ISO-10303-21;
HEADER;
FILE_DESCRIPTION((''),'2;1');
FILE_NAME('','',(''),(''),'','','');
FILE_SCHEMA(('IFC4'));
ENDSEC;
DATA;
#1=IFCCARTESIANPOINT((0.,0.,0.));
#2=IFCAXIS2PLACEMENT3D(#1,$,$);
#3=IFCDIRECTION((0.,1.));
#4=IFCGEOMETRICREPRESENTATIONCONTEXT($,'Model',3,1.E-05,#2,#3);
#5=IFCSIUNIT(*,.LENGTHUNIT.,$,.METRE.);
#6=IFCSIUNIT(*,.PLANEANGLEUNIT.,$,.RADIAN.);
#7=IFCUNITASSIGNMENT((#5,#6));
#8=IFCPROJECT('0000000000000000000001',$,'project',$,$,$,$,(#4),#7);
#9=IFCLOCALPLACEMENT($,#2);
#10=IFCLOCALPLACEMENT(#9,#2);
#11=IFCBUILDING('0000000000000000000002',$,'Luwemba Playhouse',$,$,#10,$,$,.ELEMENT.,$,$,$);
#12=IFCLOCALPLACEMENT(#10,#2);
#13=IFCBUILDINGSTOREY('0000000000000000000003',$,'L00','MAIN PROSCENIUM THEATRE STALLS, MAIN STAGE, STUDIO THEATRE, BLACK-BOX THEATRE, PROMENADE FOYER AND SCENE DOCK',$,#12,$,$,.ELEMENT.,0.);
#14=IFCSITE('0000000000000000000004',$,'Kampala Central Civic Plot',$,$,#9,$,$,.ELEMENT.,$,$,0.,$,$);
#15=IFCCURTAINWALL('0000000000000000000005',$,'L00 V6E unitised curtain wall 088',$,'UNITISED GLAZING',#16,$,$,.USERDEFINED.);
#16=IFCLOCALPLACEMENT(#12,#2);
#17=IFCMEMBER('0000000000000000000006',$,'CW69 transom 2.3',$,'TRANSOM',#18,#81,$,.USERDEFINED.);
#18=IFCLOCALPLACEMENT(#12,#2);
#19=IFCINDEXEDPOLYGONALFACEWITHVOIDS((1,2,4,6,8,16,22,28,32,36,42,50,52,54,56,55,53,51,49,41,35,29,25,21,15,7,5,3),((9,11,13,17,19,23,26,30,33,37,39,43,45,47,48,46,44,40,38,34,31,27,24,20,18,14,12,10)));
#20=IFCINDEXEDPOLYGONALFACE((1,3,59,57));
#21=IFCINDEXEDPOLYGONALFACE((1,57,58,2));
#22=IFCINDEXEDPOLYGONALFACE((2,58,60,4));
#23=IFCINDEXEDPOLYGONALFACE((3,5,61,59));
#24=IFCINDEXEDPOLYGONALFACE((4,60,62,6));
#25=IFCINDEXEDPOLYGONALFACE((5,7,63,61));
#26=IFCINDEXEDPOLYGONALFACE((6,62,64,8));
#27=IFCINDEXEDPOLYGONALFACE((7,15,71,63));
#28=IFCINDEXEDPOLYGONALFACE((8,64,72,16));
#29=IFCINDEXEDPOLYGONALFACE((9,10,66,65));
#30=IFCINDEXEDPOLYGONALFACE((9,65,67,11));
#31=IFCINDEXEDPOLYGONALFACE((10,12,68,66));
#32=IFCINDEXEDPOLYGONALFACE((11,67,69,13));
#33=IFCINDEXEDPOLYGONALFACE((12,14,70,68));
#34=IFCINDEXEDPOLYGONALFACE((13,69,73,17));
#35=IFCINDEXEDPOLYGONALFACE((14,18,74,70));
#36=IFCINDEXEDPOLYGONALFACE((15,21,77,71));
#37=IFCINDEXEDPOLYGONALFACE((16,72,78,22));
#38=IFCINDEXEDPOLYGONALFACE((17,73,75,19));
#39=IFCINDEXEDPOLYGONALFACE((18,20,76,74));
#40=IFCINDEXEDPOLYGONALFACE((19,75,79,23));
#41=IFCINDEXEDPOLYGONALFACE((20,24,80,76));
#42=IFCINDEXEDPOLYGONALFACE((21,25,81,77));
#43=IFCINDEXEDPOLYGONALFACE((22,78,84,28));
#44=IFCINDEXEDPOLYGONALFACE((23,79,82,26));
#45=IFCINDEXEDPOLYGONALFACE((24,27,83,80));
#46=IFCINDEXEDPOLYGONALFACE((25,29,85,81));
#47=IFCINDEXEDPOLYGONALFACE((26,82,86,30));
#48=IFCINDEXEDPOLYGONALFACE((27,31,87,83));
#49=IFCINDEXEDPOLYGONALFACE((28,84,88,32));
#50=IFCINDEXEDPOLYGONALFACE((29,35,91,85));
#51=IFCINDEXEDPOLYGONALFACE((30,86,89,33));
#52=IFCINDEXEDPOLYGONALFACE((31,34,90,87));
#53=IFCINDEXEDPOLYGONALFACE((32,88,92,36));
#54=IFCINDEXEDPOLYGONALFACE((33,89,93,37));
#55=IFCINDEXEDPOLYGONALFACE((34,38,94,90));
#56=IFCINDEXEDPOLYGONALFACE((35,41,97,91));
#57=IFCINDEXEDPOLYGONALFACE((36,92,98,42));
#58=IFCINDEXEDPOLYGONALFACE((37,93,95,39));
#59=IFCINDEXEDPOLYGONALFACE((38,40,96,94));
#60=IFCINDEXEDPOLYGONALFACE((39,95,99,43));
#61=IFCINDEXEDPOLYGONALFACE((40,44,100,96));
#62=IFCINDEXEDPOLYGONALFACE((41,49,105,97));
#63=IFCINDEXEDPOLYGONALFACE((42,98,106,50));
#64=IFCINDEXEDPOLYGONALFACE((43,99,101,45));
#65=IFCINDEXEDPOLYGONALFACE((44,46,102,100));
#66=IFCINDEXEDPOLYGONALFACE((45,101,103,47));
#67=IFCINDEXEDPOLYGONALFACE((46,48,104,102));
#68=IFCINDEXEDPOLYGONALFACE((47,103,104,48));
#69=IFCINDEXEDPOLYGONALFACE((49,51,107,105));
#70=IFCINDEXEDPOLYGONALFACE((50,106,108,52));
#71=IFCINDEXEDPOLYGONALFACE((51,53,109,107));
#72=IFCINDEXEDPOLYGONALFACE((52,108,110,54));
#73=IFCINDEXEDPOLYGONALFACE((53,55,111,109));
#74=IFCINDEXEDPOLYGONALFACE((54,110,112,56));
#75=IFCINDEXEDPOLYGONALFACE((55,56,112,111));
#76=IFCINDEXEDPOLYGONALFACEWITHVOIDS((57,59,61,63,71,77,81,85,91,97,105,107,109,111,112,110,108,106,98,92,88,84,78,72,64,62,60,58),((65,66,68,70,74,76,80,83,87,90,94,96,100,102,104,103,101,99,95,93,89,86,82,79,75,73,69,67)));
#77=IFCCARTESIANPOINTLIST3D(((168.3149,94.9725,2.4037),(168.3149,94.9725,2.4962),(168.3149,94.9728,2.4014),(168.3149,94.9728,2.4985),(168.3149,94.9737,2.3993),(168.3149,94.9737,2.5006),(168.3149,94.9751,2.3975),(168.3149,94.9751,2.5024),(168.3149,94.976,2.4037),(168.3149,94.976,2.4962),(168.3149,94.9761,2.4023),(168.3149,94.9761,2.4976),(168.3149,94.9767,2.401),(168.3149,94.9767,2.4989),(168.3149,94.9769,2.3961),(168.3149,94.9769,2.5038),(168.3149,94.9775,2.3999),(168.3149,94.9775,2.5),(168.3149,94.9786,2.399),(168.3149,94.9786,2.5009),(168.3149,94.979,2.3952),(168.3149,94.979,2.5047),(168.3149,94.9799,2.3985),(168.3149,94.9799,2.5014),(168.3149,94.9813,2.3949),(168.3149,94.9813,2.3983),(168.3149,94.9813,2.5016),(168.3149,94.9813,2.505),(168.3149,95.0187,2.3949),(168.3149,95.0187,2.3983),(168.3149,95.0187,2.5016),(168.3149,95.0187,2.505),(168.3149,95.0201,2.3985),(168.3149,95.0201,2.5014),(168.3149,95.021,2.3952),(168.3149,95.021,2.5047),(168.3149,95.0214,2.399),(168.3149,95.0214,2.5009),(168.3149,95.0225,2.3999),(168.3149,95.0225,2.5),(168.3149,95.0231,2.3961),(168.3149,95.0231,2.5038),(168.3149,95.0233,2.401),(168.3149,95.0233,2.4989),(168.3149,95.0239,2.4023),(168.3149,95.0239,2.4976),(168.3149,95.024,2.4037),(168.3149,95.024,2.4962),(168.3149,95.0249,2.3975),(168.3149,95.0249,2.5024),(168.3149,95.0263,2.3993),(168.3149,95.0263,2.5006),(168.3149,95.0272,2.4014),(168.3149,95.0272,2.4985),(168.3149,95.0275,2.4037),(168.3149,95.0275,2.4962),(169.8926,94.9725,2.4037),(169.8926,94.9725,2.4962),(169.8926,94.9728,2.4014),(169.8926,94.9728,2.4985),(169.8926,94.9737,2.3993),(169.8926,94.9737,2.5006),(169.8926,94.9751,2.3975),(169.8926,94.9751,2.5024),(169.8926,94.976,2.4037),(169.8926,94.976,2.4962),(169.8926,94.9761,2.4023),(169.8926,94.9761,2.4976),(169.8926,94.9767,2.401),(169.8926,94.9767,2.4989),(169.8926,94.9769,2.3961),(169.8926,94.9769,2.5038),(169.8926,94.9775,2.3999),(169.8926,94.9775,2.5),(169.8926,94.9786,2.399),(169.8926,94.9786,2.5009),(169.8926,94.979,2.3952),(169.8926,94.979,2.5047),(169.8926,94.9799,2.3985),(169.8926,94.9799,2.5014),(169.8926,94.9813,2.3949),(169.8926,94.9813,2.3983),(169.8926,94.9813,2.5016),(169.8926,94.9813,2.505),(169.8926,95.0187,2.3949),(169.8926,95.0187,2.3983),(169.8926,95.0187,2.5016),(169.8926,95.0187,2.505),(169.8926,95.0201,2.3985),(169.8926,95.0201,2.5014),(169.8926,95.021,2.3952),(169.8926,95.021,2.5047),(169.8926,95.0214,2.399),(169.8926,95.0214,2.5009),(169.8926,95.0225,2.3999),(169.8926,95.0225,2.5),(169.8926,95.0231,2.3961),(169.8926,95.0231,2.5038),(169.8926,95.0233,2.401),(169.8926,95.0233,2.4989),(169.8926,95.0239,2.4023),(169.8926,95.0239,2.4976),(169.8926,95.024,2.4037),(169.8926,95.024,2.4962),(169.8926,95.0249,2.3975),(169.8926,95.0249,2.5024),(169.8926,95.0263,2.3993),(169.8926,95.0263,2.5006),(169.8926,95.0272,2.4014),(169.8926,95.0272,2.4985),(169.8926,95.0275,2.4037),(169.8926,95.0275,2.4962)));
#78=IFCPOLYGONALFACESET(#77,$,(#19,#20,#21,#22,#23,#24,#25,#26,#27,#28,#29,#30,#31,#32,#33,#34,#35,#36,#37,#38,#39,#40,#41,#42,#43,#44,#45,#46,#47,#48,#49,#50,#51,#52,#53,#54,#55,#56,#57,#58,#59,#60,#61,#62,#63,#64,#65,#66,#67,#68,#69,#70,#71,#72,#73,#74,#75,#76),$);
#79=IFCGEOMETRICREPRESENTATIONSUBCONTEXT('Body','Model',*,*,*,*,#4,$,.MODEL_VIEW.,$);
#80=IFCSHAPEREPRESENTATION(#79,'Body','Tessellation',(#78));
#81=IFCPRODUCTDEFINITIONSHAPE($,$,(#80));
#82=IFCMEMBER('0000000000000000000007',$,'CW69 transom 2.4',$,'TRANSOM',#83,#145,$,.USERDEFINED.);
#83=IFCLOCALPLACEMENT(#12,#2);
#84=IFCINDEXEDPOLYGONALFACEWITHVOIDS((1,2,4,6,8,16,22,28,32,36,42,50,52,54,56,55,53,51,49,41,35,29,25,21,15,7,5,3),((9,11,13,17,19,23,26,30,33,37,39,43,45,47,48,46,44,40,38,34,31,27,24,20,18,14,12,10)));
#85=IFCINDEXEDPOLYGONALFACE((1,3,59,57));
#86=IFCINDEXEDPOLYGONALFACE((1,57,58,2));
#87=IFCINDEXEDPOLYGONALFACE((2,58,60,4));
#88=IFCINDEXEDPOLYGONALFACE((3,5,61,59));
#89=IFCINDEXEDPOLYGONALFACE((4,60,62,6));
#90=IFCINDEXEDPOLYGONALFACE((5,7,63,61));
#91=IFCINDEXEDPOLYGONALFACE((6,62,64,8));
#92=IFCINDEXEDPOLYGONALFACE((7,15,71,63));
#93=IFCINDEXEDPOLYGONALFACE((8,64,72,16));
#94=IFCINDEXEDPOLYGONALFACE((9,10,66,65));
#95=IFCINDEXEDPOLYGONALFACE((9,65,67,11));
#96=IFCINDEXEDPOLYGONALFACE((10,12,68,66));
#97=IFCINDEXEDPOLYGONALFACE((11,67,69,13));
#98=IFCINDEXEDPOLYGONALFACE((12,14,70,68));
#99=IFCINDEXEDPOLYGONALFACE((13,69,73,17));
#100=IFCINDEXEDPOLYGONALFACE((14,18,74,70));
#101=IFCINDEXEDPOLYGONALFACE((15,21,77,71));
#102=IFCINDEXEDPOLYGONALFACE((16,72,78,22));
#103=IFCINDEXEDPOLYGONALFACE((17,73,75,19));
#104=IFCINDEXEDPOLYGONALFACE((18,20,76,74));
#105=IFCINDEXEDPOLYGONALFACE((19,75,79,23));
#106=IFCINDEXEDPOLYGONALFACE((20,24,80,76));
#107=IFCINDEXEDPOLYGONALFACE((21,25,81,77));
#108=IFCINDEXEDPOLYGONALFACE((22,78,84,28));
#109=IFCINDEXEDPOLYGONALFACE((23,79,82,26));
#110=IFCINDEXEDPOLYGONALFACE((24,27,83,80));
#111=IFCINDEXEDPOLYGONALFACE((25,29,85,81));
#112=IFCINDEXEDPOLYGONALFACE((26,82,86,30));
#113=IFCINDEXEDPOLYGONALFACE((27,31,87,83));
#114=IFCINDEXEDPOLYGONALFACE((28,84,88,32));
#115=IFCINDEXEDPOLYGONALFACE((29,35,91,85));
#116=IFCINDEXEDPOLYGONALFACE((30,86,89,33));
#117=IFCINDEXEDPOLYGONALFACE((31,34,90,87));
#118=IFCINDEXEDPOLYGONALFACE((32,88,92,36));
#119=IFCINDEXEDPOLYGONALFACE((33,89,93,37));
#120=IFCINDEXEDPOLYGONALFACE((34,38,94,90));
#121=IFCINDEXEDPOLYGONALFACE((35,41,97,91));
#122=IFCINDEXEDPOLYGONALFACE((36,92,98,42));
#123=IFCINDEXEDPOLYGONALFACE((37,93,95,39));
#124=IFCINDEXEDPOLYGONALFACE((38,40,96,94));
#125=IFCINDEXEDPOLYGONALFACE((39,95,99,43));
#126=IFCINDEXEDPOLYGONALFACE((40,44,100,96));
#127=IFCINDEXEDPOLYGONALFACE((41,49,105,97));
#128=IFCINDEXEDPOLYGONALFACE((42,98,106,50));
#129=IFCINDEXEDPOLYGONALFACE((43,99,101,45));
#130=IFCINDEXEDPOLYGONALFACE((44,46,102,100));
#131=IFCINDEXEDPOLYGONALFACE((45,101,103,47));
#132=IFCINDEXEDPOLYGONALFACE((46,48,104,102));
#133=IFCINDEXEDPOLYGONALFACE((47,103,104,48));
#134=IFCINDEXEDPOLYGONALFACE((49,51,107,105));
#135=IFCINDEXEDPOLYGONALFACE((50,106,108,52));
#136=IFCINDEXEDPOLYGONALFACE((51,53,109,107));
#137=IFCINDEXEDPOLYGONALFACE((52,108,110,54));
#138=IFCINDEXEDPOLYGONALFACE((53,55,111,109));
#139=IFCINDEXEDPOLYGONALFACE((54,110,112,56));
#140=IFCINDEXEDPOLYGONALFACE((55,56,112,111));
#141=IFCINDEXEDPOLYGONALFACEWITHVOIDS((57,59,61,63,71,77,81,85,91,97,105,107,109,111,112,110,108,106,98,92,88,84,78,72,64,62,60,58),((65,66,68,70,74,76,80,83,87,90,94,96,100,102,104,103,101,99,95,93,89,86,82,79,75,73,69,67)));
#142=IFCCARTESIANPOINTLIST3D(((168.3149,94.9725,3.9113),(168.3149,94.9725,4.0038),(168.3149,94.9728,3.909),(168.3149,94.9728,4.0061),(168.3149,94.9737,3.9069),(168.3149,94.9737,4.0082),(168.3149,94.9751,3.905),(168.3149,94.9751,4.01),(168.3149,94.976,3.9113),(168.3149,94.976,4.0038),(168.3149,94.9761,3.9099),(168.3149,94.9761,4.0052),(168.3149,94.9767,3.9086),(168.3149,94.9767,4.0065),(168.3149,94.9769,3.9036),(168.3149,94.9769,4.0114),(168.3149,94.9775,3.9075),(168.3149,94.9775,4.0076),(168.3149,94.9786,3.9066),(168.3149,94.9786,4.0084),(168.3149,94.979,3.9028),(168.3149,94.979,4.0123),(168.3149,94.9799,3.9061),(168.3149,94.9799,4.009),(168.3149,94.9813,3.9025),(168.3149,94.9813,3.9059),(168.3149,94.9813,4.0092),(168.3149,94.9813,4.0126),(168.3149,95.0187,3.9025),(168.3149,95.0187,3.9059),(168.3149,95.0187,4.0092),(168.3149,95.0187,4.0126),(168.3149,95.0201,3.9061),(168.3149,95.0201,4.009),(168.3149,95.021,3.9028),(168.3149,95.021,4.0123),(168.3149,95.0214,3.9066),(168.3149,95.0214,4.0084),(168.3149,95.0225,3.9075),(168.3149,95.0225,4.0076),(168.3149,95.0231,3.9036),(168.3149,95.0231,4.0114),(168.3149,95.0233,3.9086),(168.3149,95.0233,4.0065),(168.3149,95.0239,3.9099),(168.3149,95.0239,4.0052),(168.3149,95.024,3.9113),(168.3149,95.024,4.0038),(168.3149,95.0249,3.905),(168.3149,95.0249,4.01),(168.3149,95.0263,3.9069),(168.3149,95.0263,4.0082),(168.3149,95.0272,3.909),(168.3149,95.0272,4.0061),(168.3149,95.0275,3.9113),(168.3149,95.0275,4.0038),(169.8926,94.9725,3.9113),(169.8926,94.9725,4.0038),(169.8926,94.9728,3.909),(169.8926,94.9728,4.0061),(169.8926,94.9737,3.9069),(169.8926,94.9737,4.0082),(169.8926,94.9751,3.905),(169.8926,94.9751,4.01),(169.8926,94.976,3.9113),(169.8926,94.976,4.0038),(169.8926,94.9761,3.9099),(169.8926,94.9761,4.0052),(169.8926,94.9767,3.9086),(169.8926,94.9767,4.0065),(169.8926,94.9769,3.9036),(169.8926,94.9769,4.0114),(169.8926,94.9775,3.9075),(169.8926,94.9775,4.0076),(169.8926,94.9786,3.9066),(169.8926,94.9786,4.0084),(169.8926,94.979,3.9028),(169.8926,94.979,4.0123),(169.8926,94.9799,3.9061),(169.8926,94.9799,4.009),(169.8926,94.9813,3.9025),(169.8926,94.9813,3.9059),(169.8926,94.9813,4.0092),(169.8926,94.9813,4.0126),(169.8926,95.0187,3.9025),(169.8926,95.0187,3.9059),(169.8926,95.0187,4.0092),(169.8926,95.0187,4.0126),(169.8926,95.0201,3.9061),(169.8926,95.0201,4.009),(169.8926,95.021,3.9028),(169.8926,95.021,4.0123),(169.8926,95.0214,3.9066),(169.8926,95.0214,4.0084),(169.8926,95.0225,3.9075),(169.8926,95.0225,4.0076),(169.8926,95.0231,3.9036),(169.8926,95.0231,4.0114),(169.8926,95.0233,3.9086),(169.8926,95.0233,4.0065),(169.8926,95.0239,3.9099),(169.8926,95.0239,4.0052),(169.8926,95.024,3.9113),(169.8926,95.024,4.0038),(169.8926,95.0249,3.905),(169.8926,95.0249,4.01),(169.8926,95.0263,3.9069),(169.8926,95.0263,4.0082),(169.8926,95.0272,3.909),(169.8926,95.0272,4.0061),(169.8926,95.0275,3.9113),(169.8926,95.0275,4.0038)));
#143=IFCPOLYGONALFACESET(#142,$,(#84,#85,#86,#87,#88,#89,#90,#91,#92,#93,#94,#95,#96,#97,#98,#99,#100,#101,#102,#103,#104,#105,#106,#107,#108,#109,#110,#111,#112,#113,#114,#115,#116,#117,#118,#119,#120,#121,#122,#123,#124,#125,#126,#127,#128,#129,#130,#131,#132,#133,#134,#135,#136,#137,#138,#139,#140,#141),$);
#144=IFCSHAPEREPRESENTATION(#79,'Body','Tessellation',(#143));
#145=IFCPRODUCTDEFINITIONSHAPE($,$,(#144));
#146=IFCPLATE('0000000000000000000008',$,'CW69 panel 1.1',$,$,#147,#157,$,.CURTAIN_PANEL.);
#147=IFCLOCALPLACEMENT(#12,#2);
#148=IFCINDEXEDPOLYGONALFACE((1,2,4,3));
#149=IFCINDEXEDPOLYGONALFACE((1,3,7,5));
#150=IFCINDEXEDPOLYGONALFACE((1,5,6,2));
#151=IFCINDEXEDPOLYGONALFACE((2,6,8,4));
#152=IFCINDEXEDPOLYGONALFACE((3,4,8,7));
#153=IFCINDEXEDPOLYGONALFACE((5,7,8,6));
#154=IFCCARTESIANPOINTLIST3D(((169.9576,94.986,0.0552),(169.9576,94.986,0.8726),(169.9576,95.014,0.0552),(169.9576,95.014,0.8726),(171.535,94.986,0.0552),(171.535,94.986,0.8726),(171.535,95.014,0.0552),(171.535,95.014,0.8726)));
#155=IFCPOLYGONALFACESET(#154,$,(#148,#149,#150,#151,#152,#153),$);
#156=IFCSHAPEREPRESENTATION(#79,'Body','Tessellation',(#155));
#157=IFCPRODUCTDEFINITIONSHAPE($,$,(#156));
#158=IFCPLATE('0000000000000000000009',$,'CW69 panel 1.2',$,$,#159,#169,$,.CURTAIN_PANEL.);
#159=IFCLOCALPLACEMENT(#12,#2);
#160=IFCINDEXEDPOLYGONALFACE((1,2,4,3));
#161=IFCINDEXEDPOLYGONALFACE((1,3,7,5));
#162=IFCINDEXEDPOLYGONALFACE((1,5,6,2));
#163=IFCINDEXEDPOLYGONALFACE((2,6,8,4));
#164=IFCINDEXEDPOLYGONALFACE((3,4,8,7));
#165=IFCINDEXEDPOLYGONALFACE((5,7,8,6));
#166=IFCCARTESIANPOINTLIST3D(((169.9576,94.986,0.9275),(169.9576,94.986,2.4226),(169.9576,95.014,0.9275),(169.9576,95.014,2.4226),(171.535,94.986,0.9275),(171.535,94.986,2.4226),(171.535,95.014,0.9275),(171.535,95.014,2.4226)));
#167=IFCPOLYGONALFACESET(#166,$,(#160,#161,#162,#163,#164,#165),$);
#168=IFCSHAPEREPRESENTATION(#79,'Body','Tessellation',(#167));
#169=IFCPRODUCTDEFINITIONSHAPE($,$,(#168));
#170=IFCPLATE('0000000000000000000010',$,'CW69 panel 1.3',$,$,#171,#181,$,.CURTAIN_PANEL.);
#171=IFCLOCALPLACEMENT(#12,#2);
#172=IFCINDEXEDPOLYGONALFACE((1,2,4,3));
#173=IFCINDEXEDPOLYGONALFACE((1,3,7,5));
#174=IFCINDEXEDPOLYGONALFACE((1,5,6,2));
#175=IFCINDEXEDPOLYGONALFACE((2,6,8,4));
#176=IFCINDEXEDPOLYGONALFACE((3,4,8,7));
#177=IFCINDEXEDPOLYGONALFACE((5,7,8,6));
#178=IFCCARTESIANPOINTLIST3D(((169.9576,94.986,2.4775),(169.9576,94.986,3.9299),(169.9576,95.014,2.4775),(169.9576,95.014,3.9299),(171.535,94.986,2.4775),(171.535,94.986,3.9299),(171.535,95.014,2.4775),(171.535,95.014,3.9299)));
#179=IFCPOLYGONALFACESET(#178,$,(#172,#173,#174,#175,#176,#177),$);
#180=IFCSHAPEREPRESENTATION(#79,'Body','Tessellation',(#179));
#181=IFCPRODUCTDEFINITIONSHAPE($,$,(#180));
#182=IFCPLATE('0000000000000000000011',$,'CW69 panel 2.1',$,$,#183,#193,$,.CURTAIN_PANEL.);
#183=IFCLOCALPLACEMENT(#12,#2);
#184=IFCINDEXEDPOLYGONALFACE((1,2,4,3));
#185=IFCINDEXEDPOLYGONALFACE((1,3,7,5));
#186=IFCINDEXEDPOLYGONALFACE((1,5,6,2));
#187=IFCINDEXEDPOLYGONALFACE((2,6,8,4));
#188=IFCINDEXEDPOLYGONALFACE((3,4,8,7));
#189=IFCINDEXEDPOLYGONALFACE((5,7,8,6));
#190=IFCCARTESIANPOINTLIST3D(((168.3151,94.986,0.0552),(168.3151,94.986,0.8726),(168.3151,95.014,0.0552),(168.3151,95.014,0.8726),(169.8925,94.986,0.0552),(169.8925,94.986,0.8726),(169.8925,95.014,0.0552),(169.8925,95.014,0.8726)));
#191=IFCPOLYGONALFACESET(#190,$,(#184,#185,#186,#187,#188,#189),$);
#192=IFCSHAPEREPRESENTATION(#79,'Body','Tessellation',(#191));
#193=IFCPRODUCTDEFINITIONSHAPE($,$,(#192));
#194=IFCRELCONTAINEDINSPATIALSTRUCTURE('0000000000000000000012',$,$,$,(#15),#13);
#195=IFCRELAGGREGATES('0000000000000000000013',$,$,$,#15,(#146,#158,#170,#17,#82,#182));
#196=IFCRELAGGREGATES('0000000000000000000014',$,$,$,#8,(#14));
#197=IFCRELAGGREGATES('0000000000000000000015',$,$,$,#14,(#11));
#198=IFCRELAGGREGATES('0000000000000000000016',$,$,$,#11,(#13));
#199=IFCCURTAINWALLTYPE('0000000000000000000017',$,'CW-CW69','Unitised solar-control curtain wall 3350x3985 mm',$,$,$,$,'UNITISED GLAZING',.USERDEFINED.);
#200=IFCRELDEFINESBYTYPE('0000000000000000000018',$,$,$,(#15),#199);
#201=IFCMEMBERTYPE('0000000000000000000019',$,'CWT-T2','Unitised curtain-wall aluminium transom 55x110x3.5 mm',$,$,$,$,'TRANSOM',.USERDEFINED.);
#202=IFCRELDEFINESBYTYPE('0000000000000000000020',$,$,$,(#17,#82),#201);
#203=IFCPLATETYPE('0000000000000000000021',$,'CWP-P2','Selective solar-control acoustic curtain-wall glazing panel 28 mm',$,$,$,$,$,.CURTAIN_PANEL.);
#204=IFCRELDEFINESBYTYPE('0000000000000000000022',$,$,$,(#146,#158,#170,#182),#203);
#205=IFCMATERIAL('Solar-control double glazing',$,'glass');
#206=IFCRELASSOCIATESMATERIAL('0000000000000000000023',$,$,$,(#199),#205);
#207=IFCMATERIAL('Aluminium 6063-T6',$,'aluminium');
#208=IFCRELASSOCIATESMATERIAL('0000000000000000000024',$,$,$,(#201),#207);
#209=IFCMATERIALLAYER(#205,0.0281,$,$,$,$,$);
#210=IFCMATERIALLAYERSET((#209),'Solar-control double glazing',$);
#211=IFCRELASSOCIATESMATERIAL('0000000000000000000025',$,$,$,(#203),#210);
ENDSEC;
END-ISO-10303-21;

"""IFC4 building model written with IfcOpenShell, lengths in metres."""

from ifc_helpers import new_model, si_unit, direction, frame, origin, origin_2d, place, context, subcontext, project, spatial, rectangle, hollow_rectangle, extrude, material, layer, layer_set, material_profile, profile_set, type_object, element, aggregate, save


model = new_model("IFC4")

# Units and contexts
model_context = context("Model", 3, precision=1e-05, world=origin(), true_north=direction((0.0, 1.0)))
body_context = subcontext(model_context, "Body", "Model", "MODEL_VIEW")
ifc_project = project(units=[si_unit("LENGTHUNIT", "METRE"), si_unit("PLANEANGLEUNIT", "RADIAN")], contexts=[model_context])

# Site, building, storey
site_placement = place(None, origin())
site = spatial("IfcSite", under=ifc_project, at=site_placement, Name="Kampala Central Civic Plot", CompositionType="ELEMENT", RefElevation=0.0)
building_placement = place(site_placement, origin())
building = spatial("IfcBuilding", under=site, at=building_placement, Name="Luwemba Playhouse", CompositionType="ELEMENT")
storey_placement = place(building_placement, origin())
storey = spatial("IfcBuildingStorey", under=building, at=storey_placement, Name="L00", Description="MAIN PROSCENIUM THEATRE STALLS, MAIN STAGE, STUDIO THEATRE, BLACK-BOX THEATRE, PROMENADE FOYER AND SCENE DOCK", CompositionType="ELEMENT", Elevation=0.0)

# Curtain wall, members, plates
ifc_material_1 = material(Name="Solar-control double glazing", Category="glass")
curtain_wall_type = type_object("IfcCurtainWallType", Name="CW-CW69", Description="Unitised solar-control curtain wall 3350x3985 mm", ElementType="UNITISED GLAZING", PredefinedType="USERDEFINED", material=ifc_material_1)
curtain_wall_placement = place(storey_placement, origin())
curtain_wall = element("IfcCurtainWall", 1, at=curtain_wall_placement, inside=storey, type_object=curtain_wall_type, Name="L00 V6E unitised curtain wall 088", ObjectType="UNITISED GLAZING", PredefinedType="USERDEFINED")
ifc_material_2 = material(Name="Aluminium 6063-T6", Category="aluminium")
ifc_material_profile_1 = material_profile(ifc_material_2, hollow_rectangle(XDim=0.0549, YDim=0.1101, WallThickness=0.0034, InnerFilletRadius=0.0054, OuterFilletRadius=0.0088, at=origin_2d()))
ifc_profile_set_1 = profile_set([ifc_material_profile_1], Name="Aluminium 6063-T6")
member_type_1 = type_object("IfcMemberType", Name="CWT-T2", Description="Unitised curtain-wall aluminium transom 55x110x3.5 mm", ElementType="TRANSOM", PredefinedType="USERDEFINED", material=ifc_profile_set_1)
member_1_placement = place(storey_placement, frame((169.8926, 95.0, 2.45), z_axis=(-1.0, 0.0, 0.0), x_axis=(0.0, -1.0, 0.0)))
member_1 = element("IfcMember", 2, at=member_1_placement, type_object=member_type_1, Name="CW69 transom 2.3", ObjectType="TRANSOM", PredefinedType="USERDEFINED", context=body_context, shape_type="SweptSolid", body=[
    extrude(hollow_rectangle(XDim=0.0549, YDim=0.1101, WallThickness=0.0034, InnerFilletRadius=0.0054, OuterFilletRadius=0.0088, at=origin_2d()), origin(), (0.0, 0.0, 1.0), 1.5776),
])
member_2_placement = place(storey_placement, frame((169.8926, 95.0, 3.9575), z_axis=(-1.0, 0.0, 0.0), x_axis=(0.0, -1.0, 0.0)))
member_2 = element("IfcMember", 3, at=member_2_placement, type_object=member_type_1, Name="CW69 transom 2.4", ObjectType="TRANSOM", PredefinedType="USERDEFINED", context=body_context, shape_type="SweptSolid", body=[
    extrude(hollow_rectangle(XDim=0.0549, YDim=0.1101, WallThickness=0.0034, InnerFilletRadius=0.0054, OuterFilletRadius=0.0088, at=origin_2d()), origin(), (0.0, 0.0, 1.0), 1.5776),
])
ifc_layer_1 = layer(ifc_material_1, 0.0281)
ifc_layer_set_1 = layer_set([ifc_layer_1], Name="Solar-control double glazing")
plate_type = type_object("IfcPlateType", Name="CWP-P2", Description="Selective solar-control acoustic curtain-wall glazing panel 28 mm", PredefinedType="CURTAIN_PANEL", material=ifc_layer_set_1)
plate_1_placement = place(storey_placement, frame((170.7463, 95.0, 0.0552), z_axis=(0.0, 0.0, 1.0), x_axis=(-1.0, 0.0, 0.0)))
plate_1 = element("IfcPlate", 4, at=plate_1_placement, type_object=plate_type, Name="CW69 panel 1.1", PredefinedType="CURTAIN_PANEL", context=body_context, shape_type="SweptSolid", body=[
    extrude(rectangle(XDim=1.5774, YDim=0.0281, at=origin_2d()), origin(), (0.0, 0.0, 1.0), 0.8174),
])
plate_2_placement = place(storey_placement, frame((170.7463, 95.0, 0.9275), z_axis=(0.0, 0.0, 1.0), x_axis=(-1.0, 0.0, 0.0)))
plate_2 = element("IfcPlate", 5, at=plate_2_placement, type_object=plate_type, Name="CW69 panel 1.2", PredefinedType="CURTAIN_PANEL", context=body_context, shape_type="SweptSolid", body=[
    extrude(rectangle(XDim=1.5774, YDim=0.0281, at=origin_2d()), origin(), (0.0, 0.0, 1.0), 1.4951),
])
plate_3_placement = place(storey_placement, frame((170.7463, 95.0, 2.4775), z_axis=(0.0, 0.0, 1.0), x_axis=(-1.0, 0.0, 0.0)))
plate_3 = element("IfcPlate", 6, at=plate_3_placement, type_object=plate_type, Name="CW69 panel 1.3", PredefinedType="CURTAIN_PANEL", context=body_context, shape_type="SweptSolid", body=[
    extrude(rectangle(XDim=1.5774, YDim=0.0281, at=origin_2d()), origin(), (0.0, 0.0, 1.0), 1.4524),
])
plate_4_placement = place(storey_placement, frame((169.1038, 95.0, 0.0552), z_axis=(0.0, 0.0, 1.0), x_axis=(-1.0, 0.0, 0.0)))
plate_4 = element("IfcPlate", 7, at=plate_4_placement, type_object=plate_type, Name="CW69 panel 2.1", PredefinedType="CURTAIN_PANEL", context=body_context, shape_type="SweptSolid", body=[
    extrude(rectangle(XDim=1.5774, YDim=0.0281, at=origin_2d()), origin(), (0.0, 0.0, 1.0), 0.8174),
])
aggregate(curtain_wall, [plate_1, plate_2, plate_3, member_1, member_2, plate_4])

save(model, "model.ifc")
